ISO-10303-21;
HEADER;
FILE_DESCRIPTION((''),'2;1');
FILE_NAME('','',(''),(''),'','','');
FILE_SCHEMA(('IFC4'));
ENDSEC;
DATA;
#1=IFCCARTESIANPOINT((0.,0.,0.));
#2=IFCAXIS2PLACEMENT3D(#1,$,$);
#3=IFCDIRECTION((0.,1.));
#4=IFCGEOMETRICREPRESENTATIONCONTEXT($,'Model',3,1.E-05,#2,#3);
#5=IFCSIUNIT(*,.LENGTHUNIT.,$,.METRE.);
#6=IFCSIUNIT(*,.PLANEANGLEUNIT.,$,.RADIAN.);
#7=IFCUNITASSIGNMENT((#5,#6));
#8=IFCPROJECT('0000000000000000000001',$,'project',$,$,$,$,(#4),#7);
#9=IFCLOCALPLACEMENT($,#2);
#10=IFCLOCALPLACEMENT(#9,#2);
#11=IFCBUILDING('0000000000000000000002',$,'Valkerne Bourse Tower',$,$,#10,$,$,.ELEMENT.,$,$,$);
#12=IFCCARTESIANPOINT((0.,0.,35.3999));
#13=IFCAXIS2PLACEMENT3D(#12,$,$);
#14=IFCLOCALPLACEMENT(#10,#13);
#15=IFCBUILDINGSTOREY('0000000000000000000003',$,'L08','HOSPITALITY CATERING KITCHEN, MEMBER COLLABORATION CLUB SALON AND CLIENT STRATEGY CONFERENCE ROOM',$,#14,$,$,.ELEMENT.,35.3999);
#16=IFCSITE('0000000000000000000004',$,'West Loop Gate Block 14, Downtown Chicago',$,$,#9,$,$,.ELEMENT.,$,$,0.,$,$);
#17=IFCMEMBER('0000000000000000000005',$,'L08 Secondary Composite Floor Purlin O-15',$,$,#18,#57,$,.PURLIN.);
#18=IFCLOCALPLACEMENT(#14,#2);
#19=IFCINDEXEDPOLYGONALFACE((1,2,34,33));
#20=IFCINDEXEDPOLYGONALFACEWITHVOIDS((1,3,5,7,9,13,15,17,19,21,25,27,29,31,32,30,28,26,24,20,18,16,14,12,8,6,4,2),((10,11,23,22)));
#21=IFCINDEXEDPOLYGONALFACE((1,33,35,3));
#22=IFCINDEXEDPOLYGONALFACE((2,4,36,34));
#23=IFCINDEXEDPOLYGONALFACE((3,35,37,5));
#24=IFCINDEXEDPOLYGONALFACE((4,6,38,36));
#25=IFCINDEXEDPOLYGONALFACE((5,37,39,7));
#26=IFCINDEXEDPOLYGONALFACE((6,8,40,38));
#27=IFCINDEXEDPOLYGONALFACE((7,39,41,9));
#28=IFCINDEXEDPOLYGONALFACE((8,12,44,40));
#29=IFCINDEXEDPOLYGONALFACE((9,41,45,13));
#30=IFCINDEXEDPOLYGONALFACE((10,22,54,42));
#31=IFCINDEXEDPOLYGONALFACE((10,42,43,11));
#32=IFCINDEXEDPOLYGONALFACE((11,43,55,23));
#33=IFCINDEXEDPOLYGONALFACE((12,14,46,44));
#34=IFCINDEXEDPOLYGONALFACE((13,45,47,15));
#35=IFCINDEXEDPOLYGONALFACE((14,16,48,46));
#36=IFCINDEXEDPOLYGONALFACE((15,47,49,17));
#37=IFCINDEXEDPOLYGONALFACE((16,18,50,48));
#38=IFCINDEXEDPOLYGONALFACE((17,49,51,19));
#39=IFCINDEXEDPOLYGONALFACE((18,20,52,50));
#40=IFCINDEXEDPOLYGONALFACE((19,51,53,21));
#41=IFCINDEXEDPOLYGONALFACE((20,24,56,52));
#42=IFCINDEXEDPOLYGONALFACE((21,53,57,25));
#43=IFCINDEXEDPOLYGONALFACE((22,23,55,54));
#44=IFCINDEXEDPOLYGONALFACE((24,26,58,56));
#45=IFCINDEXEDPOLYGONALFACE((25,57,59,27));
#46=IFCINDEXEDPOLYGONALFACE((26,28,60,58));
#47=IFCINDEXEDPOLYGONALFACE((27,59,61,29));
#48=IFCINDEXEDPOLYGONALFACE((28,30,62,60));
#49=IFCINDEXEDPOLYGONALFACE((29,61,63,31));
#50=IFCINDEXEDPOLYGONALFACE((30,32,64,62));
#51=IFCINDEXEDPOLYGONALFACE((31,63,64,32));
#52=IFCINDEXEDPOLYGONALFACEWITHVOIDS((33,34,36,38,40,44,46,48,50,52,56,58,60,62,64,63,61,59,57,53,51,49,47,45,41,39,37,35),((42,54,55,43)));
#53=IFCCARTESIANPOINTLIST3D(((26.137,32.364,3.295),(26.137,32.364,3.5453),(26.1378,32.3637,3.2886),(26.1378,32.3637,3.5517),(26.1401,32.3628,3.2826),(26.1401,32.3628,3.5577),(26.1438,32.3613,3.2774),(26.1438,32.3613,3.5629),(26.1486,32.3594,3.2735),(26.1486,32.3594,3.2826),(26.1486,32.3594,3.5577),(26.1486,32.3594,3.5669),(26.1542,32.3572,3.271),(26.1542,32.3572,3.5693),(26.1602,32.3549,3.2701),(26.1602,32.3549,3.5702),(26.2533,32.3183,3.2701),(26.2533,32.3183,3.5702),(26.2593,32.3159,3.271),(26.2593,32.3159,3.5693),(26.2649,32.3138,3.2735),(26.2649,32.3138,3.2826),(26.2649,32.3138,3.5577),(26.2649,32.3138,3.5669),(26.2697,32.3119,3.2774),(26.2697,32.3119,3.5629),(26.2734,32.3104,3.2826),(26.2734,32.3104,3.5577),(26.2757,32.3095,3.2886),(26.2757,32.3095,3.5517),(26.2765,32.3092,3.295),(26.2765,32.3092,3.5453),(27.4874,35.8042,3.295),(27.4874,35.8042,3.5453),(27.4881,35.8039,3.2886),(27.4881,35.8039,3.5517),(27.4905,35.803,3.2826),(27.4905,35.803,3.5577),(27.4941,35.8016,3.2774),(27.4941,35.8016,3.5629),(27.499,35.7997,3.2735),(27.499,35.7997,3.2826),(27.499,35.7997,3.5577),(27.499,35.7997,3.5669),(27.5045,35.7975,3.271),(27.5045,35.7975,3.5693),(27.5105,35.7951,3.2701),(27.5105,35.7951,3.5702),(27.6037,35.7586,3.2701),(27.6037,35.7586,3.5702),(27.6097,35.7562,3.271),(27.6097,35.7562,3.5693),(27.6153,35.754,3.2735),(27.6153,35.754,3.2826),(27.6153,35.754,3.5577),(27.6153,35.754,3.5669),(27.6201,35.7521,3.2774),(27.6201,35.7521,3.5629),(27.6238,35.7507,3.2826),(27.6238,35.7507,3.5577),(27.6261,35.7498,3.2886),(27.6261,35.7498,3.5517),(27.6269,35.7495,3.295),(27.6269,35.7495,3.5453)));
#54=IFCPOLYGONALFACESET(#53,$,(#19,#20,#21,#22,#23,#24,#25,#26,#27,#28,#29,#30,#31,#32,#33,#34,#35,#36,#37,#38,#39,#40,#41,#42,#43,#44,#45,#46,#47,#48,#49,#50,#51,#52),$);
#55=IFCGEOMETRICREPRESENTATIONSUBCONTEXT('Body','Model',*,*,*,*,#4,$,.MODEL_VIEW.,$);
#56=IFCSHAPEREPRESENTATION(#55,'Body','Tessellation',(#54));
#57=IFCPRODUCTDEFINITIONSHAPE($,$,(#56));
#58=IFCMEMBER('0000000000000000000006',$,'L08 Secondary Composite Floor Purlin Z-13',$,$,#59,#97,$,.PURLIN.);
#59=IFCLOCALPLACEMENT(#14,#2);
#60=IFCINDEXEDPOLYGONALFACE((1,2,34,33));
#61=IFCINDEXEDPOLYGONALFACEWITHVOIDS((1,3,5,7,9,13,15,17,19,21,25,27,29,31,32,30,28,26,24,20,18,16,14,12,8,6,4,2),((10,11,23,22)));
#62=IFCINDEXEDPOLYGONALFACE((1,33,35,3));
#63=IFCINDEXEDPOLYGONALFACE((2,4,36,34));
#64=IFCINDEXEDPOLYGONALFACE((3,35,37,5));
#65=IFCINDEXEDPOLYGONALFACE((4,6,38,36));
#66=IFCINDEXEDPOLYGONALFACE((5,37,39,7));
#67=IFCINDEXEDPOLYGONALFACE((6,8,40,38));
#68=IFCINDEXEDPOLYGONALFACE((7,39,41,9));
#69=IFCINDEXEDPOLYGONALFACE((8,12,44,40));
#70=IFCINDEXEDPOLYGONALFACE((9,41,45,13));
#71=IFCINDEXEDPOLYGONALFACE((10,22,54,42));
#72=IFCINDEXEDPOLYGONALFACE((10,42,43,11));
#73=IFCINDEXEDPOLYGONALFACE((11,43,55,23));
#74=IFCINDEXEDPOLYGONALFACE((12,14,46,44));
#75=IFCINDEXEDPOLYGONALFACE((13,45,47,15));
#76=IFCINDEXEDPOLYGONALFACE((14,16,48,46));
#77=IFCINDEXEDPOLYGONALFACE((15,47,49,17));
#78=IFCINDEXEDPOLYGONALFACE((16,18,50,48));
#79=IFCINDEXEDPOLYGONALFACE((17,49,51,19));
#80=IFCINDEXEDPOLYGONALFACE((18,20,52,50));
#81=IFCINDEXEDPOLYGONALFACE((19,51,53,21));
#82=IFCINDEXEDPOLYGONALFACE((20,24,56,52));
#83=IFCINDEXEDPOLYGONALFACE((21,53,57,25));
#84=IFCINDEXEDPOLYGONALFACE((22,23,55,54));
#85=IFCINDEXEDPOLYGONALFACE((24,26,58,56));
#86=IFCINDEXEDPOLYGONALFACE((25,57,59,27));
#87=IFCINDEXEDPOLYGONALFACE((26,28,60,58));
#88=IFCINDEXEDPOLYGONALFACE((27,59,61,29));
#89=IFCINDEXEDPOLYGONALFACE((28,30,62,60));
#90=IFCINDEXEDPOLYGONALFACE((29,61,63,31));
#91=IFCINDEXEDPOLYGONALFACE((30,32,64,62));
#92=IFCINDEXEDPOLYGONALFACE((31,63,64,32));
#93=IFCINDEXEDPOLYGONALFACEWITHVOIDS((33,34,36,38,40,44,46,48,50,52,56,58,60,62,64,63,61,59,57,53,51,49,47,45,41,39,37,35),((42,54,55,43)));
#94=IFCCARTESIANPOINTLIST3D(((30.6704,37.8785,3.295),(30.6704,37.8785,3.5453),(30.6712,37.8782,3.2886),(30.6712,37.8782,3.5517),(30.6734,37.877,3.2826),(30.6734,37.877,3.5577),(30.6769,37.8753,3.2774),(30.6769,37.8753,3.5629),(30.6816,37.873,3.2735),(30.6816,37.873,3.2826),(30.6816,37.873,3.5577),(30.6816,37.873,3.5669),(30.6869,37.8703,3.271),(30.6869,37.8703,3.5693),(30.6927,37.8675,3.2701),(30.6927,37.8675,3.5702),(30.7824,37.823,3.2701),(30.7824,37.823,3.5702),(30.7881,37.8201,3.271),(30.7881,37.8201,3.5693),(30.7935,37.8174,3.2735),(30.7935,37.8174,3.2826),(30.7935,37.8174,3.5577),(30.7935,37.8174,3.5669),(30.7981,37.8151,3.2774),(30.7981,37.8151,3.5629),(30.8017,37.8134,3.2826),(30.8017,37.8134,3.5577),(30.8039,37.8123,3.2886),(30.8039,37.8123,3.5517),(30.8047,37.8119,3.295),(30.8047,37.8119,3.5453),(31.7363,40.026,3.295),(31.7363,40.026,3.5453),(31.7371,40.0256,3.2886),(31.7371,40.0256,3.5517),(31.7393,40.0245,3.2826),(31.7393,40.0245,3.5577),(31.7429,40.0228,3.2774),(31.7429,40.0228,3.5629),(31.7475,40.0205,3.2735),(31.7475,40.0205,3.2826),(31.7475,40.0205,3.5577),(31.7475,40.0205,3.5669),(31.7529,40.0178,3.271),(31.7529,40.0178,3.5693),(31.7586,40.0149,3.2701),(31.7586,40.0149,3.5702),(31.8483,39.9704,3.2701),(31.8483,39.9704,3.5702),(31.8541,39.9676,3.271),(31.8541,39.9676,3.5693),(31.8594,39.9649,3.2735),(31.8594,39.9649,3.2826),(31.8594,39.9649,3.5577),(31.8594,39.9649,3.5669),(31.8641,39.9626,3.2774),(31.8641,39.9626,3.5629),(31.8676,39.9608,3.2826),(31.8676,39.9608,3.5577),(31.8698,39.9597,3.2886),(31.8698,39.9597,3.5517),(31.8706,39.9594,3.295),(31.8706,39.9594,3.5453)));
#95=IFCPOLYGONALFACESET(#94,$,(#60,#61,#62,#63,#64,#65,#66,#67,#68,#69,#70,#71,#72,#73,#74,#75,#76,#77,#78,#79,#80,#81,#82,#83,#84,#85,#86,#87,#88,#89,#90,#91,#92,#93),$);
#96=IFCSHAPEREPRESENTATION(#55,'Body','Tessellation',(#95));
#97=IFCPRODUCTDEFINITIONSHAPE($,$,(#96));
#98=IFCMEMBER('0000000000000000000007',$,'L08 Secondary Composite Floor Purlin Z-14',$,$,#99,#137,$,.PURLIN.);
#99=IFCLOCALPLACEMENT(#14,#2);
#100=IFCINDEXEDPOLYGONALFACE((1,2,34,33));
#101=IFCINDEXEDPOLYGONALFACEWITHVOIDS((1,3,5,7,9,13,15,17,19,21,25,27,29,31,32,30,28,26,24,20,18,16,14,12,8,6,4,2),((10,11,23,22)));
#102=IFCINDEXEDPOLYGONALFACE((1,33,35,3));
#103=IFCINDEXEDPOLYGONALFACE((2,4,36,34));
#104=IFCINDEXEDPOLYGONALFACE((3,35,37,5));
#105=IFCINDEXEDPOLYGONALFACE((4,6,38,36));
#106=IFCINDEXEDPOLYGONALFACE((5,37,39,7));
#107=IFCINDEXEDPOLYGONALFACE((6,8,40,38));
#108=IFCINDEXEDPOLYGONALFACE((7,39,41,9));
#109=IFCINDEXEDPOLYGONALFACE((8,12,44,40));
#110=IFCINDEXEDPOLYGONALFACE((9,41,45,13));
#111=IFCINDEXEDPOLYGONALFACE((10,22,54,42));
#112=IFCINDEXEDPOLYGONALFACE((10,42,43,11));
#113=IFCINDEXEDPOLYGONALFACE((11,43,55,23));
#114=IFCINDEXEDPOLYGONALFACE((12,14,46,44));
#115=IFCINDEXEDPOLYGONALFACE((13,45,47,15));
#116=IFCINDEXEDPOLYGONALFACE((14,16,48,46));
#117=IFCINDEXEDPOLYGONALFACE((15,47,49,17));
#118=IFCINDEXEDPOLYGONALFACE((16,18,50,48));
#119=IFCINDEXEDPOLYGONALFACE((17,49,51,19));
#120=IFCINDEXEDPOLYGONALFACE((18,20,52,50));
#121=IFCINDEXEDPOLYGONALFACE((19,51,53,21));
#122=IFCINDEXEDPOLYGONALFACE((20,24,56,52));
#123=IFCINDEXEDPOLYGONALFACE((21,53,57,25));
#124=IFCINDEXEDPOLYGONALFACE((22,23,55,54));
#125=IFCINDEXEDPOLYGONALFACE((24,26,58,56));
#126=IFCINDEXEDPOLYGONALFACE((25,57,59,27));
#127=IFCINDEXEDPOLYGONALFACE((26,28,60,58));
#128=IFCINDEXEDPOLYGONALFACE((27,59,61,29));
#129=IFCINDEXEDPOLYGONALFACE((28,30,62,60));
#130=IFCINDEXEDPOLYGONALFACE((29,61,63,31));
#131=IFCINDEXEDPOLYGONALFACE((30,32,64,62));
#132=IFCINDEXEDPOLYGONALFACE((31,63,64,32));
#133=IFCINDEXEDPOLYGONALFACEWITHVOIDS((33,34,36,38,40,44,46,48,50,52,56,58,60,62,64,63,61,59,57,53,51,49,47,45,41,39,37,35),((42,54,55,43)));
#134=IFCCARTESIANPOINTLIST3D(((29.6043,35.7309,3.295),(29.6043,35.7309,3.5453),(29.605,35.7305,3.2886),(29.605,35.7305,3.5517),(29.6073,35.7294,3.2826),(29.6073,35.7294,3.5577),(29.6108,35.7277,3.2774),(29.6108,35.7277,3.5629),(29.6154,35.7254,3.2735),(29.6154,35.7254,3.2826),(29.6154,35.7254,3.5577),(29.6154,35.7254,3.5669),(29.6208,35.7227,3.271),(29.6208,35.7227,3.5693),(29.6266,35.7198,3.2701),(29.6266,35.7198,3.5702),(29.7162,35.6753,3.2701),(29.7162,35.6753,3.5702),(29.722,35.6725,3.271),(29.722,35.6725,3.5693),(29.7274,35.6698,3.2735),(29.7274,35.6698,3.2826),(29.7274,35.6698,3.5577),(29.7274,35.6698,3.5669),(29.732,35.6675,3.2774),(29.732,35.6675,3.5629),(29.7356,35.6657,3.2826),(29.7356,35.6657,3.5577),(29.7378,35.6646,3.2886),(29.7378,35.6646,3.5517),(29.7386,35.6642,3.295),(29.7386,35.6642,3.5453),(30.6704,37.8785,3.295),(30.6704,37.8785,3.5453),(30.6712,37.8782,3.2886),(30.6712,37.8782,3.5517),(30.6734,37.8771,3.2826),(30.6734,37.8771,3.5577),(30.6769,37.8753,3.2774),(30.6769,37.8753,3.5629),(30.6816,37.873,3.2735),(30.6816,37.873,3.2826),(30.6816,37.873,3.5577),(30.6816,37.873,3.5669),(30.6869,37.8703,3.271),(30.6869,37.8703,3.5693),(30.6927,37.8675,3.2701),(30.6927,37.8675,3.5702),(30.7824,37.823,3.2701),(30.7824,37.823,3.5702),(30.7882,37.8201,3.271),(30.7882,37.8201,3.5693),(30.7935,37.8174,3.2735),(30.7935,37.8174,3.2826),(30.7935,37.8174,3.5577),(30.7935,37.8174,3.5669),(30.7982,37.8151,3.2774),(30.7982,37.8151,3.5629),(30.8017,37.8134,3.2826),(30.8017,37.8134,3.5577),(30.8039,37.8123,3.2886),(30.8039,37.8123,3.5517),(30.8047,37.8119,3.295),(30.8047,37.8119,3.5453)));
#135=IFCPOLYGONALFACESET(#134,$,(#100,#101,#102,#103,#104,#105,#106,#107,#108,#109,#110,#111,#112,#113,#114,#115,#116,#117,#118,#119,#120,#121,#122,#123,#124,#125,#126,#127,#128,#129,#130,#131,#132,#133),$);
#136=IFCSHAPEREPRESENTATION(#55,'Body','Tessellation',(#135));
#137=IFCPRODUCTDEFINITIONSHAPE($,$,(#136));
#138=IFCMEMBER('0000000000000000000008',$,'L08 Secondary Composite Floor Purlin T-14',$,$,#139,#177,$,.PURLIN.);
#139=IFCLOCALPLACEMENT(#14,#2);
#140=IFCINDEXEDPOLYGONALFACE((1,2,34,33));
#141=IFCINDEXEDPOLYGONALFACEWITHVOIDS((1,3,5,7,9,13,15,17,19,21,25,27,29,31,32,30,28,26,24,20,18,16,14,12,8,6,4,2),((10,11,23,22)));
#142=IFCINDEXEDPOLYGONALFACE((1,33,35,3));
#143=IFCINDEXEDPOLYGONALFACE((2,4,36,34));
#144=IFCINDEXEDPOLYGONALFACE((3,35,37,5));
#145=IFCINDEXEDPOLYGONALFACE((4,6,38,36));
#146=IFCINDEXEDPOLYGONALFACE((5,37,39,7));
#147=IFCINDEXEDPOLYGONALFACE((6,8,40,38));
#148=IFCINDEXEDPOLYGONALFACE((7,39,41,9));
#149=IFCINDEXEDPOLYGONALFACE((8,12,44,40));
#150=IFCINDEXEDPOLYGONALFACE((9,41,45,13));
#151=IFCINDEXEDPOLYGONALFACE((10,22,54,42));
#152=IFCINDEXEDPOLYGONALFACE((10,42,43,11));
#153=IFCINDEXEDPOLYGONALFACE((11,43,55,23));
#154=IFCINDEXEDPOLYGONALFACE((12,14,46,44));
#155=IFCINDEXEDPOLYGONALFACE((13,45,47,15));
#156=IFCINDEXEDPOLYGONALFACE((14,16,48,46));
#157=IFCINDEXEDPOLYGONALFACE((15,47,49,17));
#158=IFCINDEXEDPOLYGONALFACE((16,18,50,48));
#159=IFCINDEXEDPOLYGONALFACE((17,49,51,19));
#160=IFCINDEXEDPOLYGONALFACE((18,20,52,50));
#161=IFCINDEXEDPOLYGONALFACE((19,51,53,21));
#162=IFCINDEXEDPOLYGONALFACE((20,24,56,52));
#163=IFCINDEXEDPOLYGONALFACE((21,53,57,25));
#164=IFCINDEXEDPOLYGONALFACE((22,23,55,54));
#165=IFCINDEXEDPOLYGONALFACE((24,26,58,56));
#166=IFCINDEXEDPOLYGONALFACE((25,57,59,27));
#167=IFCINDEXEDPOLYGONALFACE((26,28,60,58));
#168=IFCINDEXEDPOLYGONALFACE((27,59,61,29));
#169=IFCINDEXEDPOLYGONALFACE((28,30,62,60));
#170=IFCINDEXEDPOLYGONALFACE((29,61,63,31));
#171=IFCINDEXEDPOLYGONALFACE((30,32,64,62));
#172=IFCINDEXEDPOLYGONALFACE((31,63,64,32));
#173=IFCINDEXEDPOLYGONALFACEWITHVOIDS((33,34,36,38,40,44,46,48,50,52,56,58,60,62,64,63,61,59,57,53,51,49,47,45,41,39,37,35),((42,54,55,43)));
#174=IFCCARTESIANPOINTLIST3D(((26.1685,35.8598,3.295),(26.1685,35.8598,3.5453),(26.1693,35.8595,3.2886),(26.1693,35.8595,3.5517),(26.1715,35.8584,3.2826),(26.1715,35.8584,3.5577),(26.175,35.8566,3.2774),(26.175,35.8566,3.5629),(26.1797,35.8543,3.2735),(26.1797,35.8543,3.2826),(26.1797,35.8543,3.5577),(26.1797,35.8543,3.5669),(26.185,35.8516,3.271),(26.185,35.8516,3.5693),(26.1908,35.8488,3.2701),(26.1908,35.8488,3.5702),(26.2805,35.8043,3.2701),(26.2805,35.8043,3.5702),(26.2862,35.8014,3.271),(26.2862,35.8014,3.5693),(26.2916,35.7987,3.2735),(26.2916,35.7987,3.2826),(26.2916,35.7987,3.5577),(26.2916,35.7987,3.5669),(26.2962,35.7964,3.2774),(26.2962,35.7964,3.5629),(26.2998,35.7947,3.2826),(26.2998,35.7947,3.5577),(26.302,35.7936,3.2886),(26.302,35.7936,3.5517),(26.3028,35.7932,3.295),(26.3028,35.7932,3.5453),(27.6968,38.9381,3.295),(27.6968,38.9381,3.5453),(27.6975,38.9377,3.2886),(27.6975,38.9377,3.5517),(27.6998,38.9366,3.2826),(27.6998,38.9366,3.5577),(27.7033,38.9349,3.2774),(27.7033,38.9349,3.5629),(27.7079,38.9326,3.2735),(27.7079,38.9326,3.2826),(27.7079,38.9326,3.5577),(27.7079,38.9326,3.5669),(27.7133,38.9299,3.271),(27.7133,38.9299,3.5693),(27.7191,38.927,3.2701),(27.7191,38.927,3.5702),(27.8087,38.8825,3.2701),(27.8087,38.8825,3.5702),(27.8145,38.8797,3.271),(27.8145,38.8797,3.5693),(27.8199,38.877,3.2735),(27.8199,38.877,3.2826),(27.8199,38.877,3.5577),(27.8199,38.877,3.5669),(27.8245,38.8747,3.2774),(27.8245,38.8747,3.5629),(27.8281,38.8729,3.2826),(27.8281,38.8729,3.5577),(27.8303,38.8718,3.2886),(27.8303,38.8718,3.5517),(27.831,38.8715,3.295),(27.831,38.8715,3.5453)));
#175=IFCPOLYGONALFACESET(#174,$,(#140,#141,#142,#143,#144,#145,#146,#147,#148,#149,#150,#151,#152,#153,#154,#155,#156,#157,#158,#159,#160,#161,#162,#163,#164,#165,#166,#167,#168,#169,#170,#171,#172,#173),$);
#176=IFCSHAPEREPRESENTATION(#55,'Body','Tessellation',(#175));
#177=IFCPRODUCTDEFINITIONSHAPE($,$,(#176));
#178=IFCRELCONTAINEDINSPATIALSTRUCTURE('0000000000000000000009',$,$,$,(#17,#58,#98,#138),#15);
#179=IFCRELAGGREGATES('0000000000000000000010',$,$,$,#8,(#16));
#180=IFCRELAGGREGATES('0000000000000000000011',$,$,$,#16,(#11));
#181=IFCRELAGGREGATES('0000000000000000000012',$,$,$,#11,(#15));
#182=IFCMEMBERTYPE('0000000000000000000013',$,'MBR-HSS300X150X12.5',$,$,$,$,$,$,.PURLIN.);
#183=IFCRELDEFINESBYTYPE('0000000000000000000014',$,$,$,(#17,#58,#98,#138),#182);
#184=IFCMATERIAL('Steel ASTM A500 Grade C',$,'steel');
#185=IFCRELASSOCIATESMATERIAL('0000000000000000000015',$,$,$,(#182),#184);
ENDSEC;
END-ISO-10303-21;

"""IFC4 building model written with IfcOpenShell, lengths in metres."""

from ifc_helpers import new_model, si_unit, direction, frame, origin, origin_2d, place, context, subcontext, project, spatial, hollow_rectangle, extrude, material, material_profile, profile_set, type_object, element, save


model = new_model("IFC4")

# Units and contexts
model_context = context("Model", 3, precision=1e-05, world=origin(), true_north=direction((0.0, 1.0)))
body_context = subcontext(model_context, "Body", "Model", "MODEL_VIEW")
ifc_project = project(units=[si_unit("LENGTHUNIT", "METRE"), si_unit("PLANEANGLEUNIT", "RADIAN")], contexts=[model_context])

# Site, building, storey
site_placement = place(None, origin())
site = spatial("IfcSite", under=ifc_project, at=site_placement, Name="West Loop Gate Block 14, Downtown Chicago", CompositionType="ELEMENT", RefElevation=0.0)
building_placement = place(site_placement, origin())
building = spatial("IfcBuilding", under=site, at=building_placement, Name="Valkerne Bourse Tower", CompositionType="ELEMENT")
storey_placement = place(building_placement, frame((0.0, 0.0, 35.3999)))
storey = spatial("IfcBuildingStorey", under=building, at=storey_placement, Name="L08", Description="HOSPITALITY CATERING KITCHEN, MEMBER COLLABORATION CLUB SALON AND CLIENT STRATEGY CONFERENCE ROOM", CompositionType="ELEMENT", Elevation=35.3999)

# Members
ifc_material_1 = material(Name="Steel ASTM A500 Grade C", Category="steel")
ifc_material_profile_1 = material_profile(ifc_material_1, hollow_rectangle(XDim=0.1499, YDim=0.3, WallThickness=0.0125, OuterFilletRadius=0.0249, at=origin_2d()), Name="HSS300X150X12.5")
ifc_profile_set_1 = profile_set([ifc_material_profile_1], Name="Steel ASTM A500 Grade C")
member_type_1 = type_object("IfcMemberType", Name="MBR-HSS300X150X12.5", PredefinedType="PURLIN", material=ifc_profile_set_1)
member_1_placement = place(storey_placement, frame((27.5571, 35.7769, 3.4202), z_axis=(-0.365381, -0.930858, 0.0), x_axis=(0.930858, -0.365381, 0.0)))
element("IfcMember", 1, at=member_1_placement, inside=storey, type_object=member_type_1, Name="L08 Secondary Composite Floor Purlin O-15", PredefinedType="PURLIN", context=body_context, shape_type="SweptSolid", body=[
    extrude(hollow_rectangle(XDim=0.1499, YDim=0.3, WallThickness=0.0125, OuterFilletRadius=0.0249, at=origin_2d()), origin(), (0.0, 0.0, 1.0), 3.6958),
])
member_2_placement = place(storey_placement, frame((31.8035, 39.9927, 3.4202), z_axis=(-0.444605, -0.895727, 0.0), x_axis=(0.895727, -0.444605, 0.0)))
element("IfcMember", 2, at=member_2_placement, inside=storey, type_object=member_type_1, Name="L08 Secondary Composite Floor Purlin Z-13", PredefinedType="PURLIN", context=body_context, shape_type="SweptSolid", body=[
    extrude(hollow_rectangle(XDim=0.1499, YDim=0.3, WallThickness=0.0125, OuterFilletRadius=0.0249, at=origin_2d()), origin(), (0.0, 0.0, 1.0), 2.3975),
])
member_3_placement = place(storey_placement, frame((30.7375, 37.8452, 3.4202), z_axis=(-0.444646, -0.895706, 0.0), x_axis=(0.895706, -0.444646, 0.0)))
element("IfcMember", 3, at=member_3_placement, inside=storey, type_object=member_type_1, Name="L08 Secondary Composite Floor Purlin Z-14", PredefinedType="PURLIN", context=body_context, shape_type="SweptSolid", body=[
    extrude(hollow_rectangle(XDim=0.1499, YDim=0.3, WallThickness=0.0125, OuterFilletRadius=0.0249, at=origin_2d()), origin(), (0.0, 0.0, 1.0), 2.3977),
])
member_4_placement = place(storey_placement, frame((27.7639, 38.9048, 3.4202), z_axis=(-0.444683, -0.895688, 0.0), x_axis=(0.895688, -0.444683, 0.0)))
element("IfcMember", 4, at=member_4_placement, inside=storey, type_object=member_type_1, Name="L08 Secondary Composite Floor Purlin T-14", PredefinedType="PURLIN", context=body_context, shape_type="SweptSolid", body=[
    extrude(hollow_rectangle(XDim=0.1499, YDim=0.3, WallThickness=0.0125, OuterFilletRadius=0.0249, at=origin_2d()), origin(), (0.0, 0.0, 1.0), 3.4368),
])

save(model, "model.ifc")
